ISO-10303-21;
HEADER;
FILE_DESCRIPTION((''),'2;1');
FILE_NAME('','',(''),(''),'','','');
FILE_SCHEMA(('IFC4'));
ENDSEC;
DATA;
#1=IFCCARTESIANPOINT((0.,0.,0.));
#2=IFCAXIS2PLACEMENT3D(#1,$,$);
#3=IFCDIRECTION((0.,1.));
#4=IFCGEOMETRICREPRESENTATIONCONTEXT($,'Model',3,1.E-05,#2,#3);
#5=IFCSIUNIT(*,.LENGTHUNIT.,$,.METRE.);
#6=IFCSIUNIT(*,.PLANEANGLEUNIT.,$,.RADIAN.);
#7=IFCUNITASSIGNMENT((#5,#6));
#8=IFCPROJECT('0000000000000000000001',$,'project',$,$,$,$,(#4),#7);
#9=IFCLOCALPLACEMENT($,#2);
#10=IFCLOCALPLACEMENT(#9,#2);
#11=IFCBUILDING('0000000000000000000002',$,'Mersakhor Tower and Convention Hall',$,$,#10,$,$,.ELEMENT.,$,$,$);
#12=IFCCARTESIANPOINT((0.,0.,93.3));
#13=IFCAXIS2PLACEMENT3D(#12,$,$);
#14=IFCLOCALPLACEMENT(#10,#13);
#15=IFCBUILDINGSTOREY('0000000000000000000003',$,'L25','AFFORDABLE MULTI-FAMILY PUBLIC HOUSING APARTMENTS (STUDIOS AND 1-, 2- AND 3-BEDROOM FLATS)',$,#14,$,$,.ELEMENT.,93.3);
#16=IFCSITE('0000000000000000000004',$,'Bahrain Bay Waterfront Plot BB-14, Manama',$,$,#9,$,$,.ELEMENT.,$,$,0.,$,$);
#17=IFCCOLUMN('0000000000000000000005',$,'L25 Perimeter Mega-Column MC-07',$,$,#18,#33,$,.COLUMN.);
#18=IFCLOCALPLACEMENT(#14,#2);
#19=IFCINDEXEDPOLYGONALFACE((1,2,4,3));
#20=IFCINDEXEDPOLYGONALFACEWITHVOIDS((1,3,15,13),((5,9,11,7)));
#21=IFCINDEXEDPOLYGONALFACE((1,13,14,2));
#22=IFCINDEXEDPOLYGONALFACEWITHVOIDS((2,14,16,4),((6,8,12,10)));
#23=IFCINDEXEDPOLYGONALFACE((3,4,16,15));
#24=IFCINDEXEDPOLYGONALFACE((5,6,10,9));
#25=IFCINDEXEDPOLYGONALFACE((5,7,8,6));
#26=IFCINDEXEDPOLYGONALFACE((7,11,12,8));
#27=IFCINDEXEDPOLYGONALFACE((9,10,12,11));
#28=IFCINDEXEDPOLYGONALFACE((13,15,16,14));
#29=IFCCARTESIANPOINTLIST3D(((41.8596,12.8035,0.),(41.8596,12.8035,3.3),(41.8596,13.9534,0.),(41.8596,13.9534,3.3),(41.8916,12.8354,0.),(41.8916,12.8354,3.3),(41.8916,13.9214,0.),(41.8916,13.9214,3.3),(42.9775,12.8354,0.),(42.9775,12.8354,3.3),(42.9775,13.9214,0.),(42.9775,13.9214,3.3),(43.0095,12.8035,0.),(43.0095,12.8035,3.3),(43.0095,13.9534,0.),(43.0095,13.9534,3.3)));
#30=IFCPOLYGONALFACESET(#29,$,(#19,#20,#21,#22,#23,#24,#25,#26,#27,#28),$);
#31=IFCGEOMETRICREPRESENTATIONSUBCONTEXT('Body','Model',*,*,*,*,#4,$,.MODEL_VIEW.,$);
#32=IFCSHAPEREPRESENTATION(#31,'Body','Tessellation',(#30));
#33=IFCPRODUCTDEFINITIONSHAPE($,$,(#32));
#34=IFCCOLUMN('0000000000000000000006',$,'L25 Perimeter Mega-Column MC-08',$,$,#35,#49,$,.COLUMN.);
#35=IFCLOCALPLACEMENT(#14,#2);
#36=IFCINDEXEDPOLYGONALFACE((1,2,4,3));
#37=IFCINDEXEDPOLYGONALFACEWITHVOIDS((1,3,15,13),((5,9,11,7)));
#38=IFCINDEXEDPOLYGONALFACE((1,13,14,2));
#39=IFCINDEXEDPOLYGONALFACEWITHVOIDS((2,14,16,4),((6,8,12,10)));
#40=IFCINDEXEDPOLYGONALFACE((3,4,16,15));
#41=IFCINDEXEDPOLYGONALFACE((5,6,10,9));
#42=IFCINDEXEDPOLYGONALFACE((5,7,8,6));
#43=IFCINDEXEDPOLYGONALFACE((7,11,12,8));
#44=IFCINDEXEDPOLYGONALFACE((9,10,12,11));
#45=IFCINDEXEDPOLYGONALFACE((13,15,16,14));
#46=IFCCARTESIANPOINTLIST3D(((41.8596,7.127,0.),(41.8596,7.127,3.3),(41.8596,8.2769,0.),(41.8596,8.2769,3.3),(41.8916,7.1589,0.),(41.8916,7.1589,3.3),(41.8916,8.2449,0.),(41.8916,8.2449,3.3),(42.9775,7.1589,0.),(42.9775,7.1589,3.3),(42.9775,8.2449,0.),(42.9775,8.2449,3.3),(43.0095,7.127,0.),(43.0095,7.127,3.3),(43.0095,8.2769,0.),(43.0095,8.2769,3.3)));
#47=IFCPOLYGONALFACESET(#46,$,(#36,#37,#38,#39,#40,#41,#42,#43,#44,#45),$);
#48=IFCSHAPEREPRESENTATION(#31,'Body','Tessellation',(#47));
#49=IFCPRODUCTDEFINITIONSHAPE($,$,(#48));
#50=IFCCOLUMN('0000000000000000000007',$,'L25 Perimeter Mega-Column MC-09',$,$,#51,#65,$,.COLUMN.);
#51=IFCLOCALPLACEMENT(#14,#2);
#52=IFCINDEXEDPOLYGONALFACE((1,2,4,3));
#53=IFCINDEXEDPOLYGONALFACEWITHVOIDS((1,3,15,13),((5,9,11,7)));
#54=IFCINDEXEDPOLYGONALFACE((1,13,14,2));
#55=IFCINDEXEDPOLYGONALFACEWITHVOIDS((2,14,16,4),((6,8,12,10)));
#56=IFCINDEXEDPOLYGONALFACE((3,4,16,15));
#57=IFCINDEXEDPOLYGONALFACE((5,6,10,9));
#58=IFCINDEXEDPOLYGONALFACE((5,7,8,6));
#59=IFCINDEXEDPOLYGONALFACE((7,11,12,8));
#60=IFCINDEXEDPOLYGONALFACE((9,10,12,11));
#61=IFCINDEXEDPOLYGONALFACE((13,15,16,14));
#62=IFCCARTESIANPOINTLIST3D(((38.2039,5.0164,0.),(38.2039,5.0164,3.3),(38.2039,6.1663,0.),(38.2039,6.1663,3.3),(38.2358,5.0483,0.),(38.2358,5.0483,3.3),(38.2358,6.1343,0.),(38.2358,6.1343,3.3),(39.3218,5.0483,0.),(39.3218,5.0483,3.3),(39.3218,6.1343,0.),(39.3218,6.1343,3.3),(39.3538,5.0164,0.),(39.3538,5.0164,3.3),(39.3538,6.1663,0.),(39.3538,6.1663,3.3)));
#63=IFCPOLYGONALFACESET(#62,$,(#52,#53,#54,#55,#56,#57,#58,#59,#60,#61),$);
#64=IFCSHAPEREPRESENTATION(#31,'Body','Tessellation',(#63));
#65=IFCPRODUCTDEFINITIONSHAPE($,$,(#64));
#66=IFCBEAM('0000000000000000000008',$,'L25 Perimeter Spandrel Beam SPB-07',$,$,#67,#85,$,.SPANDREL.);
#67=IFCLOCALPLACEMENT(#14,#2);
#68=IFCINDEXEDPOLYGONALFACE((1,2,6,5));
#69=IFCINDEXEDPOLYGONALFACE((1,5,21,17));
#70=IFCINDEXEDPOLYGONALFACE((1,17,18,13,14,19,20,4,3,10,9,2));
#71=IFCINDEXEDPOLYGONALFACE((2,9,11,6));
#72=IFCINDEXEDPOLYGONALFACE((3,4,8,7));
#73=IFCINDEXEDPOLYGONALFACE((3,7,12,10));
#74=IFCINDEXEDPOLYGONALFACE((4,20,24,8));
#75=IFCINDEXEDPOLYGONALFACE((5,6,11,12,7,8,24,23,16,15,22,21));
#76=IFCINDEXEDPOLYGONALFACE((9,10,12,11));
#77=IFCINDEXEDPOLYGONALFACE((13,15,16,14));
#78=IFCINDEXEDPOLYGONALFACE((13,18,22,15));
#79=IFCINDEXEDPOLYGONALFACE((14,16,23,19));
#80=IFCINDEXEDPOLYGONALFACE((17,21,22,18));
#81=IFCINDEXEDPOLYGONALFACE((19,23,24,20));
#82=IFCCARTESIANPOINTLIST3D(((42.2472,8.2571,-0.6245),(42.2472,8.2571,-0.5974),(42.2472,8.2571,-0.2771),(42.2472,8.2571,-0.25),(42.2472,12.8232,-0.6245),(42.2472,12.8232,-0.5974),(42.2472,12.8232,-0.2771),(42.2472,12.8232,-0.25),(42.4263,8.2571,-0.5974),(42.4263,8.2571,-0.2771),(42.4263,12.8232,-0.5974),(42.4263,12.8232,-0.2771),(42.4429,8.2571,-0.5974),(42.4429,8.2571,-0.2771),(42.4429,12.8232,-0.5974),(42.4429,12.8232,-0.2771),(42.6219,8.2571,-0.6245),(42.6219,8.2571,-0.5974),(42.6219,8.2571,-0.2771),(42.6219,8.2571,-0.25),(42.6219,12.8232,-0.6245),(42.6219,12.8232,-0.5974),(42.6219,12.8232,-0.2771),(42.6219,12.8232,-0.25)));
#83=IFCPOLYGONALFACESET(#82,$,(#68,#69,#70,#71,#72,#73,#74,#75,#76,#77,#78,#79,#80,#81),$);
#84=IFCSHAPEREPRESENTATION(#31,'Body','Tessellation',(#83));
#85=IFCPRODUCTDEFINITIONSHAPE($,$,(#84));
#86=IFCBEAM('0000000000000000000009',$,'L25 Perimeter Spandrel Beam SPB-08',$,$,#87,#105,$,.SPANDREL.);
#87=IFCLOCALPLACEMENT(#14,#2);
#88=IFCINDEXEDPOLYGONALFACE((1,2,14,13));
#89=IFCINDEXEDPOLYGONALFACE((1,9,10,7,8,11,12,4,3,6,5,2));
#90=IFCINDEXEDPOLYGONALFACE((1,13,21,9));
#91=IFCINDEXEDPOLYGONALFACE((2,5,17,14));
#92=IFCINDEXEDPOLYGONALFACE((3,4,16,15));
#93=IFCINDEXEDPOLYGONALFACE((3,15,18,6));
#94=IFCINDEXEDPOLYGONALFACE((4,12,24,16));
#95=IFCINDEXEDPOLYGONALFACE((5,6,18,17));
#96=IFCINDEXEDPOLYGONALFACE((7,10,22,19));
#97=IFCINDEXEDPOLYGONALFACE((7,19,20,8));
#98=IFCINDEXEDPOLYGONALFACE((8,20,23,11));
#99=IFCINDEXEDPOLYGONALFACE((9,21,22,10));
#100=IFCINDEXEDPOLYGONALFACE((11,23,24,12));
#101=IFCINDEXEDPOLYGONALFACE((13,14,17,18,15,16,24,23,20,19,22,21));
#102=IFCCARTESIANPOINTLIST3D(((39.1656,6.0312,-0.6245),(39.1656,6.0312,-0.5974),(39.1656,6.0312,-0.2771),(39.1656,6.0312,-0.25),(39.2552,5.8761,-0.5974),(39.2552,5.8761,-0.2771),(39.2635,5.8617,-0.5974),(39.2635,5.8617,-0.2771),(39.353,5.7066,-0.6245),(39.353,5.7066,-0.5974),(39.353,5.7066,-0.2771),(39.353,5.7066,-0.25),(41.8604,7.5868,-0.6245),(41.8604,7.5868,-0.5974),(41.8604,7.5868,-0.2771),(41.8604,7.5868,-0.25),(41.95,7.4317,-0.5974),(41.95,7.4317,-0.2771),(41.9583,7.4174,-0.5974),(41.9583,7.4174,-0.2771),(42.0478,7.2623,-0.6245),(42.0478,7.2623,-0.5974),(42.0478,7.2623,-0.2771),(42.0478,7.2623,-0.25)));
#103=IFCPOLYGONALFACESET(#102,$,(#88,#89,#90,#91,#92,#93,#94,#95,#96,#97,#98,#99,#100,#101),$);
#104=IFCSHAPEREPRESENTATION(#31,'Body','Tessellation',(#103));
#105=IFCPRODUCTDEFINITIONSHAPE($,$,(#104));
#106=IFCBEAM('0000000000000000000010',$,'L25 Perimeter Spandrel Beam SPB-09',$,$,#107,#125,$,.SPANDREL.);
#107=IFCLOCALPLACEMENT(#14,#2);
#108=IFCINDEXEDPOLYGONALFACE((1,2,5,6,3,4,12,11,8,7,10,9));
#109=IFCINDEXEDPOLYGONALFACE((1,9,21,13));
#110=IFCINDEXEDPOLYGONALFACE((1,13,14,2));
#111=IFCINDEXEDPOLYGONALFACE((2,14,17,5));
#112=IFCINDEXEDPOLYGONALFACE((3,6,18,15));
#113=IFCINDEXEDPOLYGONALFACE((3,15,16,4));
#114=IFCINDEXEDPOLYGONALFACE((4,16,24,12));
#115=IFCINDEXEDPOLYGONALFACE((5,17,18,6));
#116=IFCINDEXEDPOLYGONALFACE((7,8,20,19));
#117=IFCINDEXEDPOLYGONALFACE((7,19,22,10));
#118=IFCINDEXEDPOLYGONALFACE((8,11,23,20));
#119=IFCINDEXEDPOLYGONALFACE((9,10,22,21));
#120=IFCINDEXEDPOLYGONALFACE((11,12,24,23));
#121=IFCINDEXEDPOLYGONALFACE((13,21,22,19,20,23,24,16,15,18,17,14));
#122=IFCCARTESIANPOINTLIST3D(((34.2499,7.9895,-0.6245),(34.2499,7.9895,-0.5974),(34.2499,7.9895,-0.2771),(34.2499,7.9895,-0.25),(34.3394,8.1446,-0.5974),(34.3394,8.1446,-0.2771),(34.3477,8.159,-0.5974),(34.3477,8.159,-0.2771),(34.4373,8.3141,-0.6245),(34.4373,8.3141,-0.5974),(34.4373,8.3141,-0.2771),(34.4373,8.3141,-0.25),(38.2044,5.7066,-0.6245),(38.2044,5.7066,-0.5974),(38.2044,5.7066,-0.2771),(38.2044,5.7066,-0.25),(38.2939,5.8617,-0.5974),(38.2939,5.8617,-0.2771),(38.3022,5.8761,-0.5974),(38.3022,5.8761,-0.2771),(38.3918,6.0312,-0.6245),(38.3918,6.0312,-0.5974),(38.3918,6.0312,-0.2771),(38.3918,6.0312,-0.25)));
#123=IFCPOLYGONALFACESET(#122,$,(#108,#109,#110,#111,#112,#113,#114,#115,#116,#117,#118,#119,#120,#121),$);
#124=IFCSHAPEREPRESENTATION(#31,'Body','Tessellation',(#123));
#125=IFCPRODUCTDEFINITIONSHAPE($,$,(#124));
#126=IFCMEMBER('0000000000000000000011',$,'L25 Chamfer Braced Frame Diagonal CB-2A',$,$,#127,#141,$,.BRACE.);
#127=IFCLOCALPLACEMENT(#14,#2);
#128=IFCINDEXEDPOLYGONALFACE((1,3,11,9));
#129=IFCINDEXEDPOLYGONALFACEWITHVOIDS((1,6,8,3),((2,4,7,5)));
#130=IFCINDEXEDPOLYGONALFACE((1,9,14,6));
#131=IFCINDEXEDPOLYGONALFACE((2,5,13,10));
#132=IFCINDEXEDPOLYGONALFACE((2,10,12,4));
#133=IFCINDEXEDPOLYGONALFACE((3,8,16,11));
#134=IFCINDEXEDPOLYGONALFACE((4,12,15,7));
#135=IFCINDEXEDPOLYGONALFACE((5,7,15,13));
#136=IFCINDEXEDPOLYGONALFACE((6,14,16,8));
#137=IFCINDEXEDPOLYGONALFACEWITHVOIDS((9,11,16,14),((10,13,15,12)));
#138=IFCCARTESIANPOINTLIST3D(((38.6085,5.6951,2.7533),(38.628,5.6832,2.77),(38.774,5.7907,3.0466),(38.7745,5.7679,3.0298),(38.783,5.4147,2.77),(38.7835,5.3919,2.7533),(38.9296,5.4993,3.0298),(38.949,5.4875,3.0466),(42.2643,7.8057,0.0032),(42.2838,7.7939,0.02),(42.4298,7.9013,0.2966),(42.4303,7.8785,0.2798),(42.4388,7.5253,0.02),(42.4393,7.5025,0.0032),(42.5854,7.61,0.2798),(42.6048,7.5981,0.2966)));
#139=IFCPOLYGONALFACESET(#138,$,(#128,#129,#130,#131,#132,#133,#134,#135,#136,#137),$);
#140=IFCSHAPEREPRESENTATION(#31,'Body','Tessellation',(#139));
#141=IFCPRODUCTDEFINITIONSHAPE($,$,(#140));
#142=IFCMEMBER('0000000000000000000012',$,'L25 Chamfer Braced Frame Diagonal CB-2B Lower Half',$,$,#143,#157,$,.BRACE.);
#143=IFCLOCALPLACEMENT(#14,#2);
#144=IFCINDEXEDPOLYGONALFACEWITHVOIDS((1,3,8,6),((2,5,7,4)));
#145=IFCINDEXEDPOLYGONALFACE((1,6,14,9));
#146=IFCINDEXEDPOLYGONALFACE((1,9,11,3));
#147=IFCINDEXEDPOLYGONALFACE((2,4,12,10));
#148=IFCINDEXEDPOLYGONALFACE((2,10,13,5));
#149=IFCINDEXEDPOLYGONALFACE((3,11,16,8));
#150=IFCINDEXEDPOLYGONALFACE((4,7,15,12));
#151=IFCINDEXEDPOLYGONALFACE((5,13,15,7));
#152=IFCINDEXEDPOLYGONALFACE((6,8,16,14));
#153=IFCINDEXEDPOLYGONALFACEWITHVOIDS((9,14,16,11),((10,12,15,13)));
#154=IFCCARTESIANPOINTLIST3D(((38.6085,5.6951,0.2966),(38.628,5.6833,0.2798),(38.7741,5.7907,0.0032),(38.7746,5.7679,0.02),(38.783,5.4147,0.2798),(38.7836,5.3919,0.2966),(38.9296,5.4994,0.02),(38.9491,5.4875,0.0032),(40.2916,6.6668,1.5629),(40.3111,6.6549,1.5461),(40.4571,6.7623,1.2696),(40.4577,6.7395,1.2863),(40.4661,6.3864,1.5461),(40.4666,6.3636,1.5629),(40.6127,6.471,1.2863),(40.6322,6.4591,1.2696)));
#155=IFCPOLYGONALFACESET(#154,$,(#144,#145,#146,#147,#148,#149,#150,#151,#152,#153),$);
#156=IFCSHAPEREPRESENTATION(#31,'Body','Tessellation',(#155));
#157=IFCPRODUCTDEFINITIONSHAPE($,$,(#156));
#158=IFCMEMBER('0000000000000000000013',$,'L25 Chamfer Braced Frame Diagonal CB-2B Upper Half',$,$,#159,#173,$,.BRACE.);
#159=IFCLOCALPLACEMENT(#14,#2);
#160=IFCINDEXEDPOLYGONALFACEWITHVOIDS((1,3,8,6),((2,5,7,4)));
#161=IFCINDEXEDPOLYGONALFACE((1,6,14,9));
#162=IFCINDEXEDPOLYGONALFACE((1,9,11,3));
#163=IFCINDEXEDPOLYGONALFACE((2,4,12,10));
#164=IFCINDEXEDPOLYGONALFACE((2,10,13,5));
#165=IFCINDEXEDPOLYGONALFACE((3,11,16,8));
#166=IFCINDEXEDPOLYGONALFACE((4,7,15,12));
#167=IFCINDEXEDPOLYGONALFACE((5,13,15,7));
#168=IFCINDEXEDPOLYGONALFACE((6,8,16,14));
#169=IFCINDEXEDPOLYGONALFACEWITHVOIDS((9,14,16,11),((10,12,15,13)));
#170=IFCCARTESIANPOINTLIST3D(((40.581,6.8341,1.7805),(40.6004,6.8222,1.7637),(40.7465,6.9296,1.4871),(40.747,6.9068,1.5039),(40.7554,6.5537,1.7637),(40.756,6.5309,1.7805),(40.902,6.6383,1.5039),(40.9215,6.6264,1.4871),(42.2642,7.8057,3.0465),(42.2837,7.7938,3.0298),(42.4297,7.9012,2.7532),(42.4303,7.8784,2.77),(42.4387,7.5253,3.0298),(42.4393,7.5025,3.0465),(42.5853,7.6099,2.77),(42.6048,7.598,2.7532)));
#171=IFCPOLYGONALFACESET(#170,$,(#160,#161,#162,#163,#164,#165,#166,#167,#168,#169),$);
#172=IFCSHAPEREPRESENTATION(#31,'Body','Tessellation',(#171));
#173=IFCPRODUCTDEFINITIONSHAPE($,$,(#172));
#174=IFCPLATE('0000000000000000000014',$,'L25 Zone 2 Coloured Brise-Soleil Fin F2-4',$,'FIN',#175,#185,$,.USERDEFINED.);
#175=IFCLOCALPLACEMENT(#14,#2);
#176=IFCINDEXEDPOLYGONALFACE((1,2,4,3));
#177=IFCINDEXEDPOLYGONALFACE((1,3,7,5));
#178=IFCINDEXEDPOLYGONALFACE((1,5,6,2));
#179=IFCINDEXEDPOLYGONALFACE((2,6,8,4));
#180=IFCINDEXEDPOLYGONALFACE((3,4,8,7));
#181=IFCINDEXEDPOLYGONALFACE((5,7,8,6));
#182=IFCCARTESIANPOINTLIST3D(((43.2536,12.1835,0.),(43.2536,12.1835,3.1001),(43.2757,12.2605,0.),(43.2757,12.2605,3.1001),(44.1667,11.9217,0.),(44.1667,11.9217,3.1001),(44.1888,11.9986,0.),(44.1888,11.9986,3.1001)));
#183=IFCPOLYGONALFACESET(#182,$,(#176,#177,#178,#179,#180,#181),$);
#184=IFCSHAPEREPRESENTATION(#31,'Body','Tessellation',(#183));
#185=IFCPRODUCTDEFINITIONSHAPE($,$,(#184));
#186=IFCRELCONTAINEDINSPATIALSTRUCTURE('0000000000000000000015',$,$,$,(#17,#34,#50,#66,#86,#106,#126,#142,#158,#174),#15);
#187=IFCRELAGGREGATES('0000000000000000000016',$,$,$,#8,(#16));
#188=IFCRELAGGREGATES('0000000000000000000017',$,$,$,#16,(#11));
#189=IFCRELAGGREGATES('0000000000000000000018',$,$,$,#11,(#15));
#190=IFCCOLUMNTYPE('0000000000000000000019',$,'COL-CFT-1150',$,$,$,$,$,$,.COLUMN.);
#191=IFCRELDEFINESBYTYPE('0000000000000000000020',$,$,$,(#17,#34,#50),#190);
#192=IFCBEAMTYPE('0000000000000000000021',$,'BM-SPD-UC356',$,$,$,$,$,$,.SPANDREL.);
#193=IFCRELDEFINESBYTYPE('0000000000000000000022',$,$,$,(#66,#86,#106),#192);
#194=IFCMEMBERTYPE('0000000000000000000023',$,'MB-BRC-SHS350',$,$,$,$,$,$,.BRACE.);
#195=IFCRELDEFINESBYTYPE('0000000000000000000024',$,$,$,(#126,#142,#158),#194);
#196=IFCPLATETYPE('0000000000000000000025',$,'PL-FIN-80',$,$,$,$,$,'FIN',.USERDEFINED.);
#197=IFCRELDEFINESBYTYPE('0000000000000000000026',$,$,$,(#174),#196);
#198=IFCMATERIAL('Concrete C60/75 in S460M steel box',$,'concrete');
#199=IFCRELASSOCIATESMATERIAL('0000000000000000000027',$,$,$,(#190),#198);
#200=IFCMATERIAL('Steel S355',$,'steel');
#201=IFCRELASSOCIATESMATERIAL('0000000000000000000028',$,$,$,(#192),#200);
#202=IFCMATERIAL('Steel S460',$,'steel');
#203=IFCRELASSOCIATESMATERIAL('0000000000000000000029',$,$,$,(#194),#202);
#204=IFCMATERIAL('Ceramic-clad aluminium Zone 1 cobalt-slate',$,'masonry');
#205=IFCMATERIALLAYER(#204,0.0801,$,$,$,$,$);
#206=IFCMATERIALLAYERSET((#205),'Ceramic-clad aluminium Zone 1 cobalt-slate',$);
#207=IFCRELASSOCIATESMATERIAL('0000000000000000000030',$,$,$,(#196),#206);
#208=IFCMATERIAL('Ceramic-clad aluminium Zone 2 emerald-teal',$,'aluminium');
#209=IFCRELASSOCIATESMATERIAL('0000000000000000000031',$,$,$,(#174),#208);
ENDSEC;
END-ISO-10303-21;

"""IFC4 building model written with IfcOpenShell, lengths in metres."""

from ifc_helpers import new_model, si_unit, direction, frame, origin, origin_2d, place, context, subcontext, project, spatial, rectangle, hollow_rectangle, i_section, extrude, material, layer, layer_set, material_profile, profile_set, type_object, element, save


model = new_model("IFC4")

# Units and contexts
model_context = context("Model", 3, precision=1e-05, world=origin(), true_north=direction((0.0, 1.0)))
body_context = subcontext(model_context, "Body", "Model", "MODEL_VIEW")
ifc_project = project(units=[si_unit("LENGTHUNIT", "METRE"), si_unit("PLANEANGLEUNIT", "RADIAN")], contexts=[model_context])

# Site, building, storey
site_placement = place(None, origin())
site = spatial("IfcSite", under=ifc_project, at=site_placement, Name="Bahrain Bay Waterfront Plot BB-14, Manama", CompositionType="ELEMENT", RefElevation=0.0)
building_placement = place(site_placement, origin())
building = spatial("IfcBuilding", under=site, at=building_placement, Name="Mersakhor Tower and Convention Hall", CompositionType="ELEMENT")
storey_placement = place(building_placement, frame((0.0, 0.0, 93.3)))
storey = spatial("IfcBuildingStorey", under=building, at=storey_placement, Name="L25", Description="AFFORDABLE MULTI-FAMILY PUBLIC HOUSING APARTMENTS (STUDIOS AND 1-, 2- AND 3-BEDROOM FLATS)", CompositionType="ELEMENT", Elevation=93.3)

# Columns
ifc_material_1 = material(Name="Concrete C60/75 in S460M steel box", Category="concrete")
ifc_material_profile_1 = material_profile(ifc_material_1, hollow_rectangle(XDim=1.1499, YDim=1.1499, WallThickness=0.032, at=origin_2d()), Name="SHS 1150x1150x32")
ifc_profile_set_1 = profile_set([ifc_material_profile_1], Name="Concrete C60/75 in S460M steel box")
column_type = type_object("IfcColumnType", Name="COL-CFT-1150", PredefinedType="COLUMN", material=ifc_profile_set_1)
for number, where, z_axis, x_axis, name in (
    (1, (42.4346, 13.3784, 0.0), (0.0, 0.0, 1.0), (1.0, 0.0, 0.0), "L25 Perimeter Mega-Column MC-07"),
    (2, (42.4346, 7.7019, 0.0), (0.0, 0.0, 1.0), (1.0, 0.0, 0.0), "L25 Perimeter Mega-Column MC-08"),
    (3, (38.7788, 5.5913, 0.0), (0.0, 0.0, 1.0), (1.0, 0.0, 0.0), "L25 Perimeter Mega-Column MC-09"),
):
    element("IfcColumn", number, at=place(storey_placement, frame(where, z_axis=z_axis, x_axis=x_axis)), inside=storey, type_object=column_type, Name=name, PredefinedType="COLUMN", context=body_context, shape_type="SweptSolid", body=[
        extrude(hollow_rectangle(XDim=1.1499, YDim=1.1499, WallThickness=0.032, at=origin_2d()), origin(), (0.0, 0.0, 1.0), 3.3),
    ])

# Beams
ifc_material_2 = material(Name="Steel S355", Category="steel")
ifc_material_profile_2 = material_profile(ifc_material_2, i_section(OverallWidth=0.3748, OverallDepth=0.3745, WebThickness=0.0166, FlangeThickness=0.0271, at=origin_2d()), Name="UC 356x368x202")
ifc_profile_set_2 = profile_set([ifc_material_profile_2], Name="Steel S355")
beam_type = type_object("IfcBeamType", Name="BM-SPD-UC356", PredefinedType="SPANDREL", material=ifc_profile_set_2)
beam_1_placement = place(storey_placement, frame((42.4346, 12.8232, -0.4373), z_axis=(0.0, -1.0, 0.0), x_axis=(1.0, 0.0, 0.0)))
element("IfcBeam", 4, at=beam_1_placement, inside=storey, type_object=beam_type, Name="L25 Perimeter Spandrel Beam SPB-07", PredefinedType="SPANDREL", context=body_context, shape_type="SweptSolid", body=[
    extrude(i_section(OverallWidth=0.3748, OverallDepth=0.3745, WebThickness=0.0166, FlangeThickness=0.0271, at=origin_2d()), origin(), (0.0, 0.0, 1.0), 4.5662),
])
beam_2_placement = place(storey_placement, frame((41.9541, 7.4246, -0.4373), z_axis=(-0.866052, -0.499953, 0.0), x_axis=(0.499953, -0.866052, 0.0)))
element("IfcBeam", 5, at=beam_2_placement, inside=storey, type_object=beam_type, Name="L25 Perimeter Spandrel Beam SPB-08", PredefinedType="SPANDREL", context=body_context, shape_type="SweptSolid", body=[
    extrude(i_section(OverallWidth=0.3748, OverallDepth=0.3745, WebThickness=0.0166, FlangeThickness=0.0271, at=origin_2d()), origin(), (0.0, 0.0, 1.0), 3.1116),
])
beam_3_placement = place(storey_placement, frame((38.2981, 5.8689, -0.4373), z_axis=(-0.866047, 0.499963, 0.0), x_axis=(-0.499963, -0.866047, 0.0)))
element("IfcBeam", 6, at=beam_3_placement, inside=storey, type_object=beam_type, Name="L25 Perimeter Spandrel Beam SPB-09", PredefinedType="SPANDREL", context=body_context, shape_type="SweptSolid", body=[
    extrude(i_section(OverallWidth=0.3748, OverallDepth=0.3745, WebThickness=0.0166, FlangeThickness=0.0271, at=origin_2d()), origin(), (0.0, 0.0, 1.0), 4.5662),
])

# Members
ifc_material_3 = material(Name="Steel S460", Category="steel")
ifc_material_profile_3 = material_profile(ifc_material_3, hollow_rectangle(XDim=0.3501, YDim=0.3501, WallThickness=0.02, at=origin_2d()), Name="SHS 350x350x20")
ifc_profile_set_3 = profile_set([ifc_material_profile_3], Name="Steel S460")
member_type = type_object("IfcMemberType", Name="MB-BRC-SHS350", PredefinedType="BRACE", material=ifc_profile_set_3)
member_placement = place(storey_placement, frame((42.4346, 7.7019, 0.1499), z_axis=(-0.725634, -0.418933, 0.545849), x_axis=(0.499989, -0.866031, 0.0)))
element("IfcMember", 7, at=member_placement, inside=storey, type_object=member_type, Name="L25 Chamfer Braced Frame Diagonal CB-2A", PredefinedType="BRACE", context=body_context, shape_type="SweptSolid", body=[
    extrude(hollow_rectangle(XDim=0.3501, YDim=0.3501, WallThickness=0.02, at=origin_2d()), origin(), (0.0, 0.0, 1.0), 5.0381),
])
for number, where, z_axis, x_axis, name in (
    (8, (38.7788, 5.5913, 0.1499), (0.725593, 0.418895, 0.545932), (-0.499976, 0.866039, 0.0), "L25 Chamfer Braced Frame Diagonal CB-2B Lower Half"),
    (9, (40.7512, 6.7302, 1.6338), (0.725685, 0.418887, 0.545816), (-0.499922, 0.866071, 0.0), "L25 Chamfer Braced Frame Diagonal CB-2B Upper Half"),
):
    element("IfcMember", number, at=place(storey_placement, frame(where, z_axis=z_axis, x_axis=x_axis)), inside=storey, type_object=member_type, Name=name, PredefinedType="BRACE", context=body_context, shape_type="SweptSolid", body=[
        extrude(hollow_rectangle(XDim=0.3501, YDim=0.3501, WallThickness=0.02, at=origin_2d()), origin(), (0.0, 0.0, 1.0), 2.3196),
    ])

# Plate
ifc_material_4 = material(Name="Ceramic-clad aluminium Zone 2 emerald-teal", Category="aluminium")
ifc_material_5 = material(Name="Ceramic-clad aluminium Zone 1 cobalt-slate", Category="masonry")
ifc_layer_1 = layer(ifc_material_5, 0.0801)
ifc_layer_set_1 = layer_set([ifc_layer_1], Name="Ceramic-clad aluminium Zone 1 cobalt-slate")
plate_type_1 = type_object("IfcPlateType", Name="PL-FIN-80", ElementType="FIN", PredefinedType="USERDEFINED", material=ifc_layer_set_1)
plate_1_placement = place(storey_placement, frame((43.7212, 12.0911, 0.0), z_axis=(0.0, 0.0, 1.0), x_axis=(0.961262, -0.275637, 0.0)))
element("IfcPlate", 10, at=plate_1_placement, inside=storey, type_object=plate_type_1, material=ifc_material_4, Name="L25 Zone 2 Coloured Brise-Soleil Fin F2-4", ObjectType="FIN", PredefinedType="USERDEFINED", context=body_context, shape_type="SweptSolid", body=[
    extrude(rectangle(XDim=0.95, YDim=0.0801, at=origin_2d()), origin(), (0.0, 0.0, 1.0), 3.1001),
])

save(model, "model.ifc")
